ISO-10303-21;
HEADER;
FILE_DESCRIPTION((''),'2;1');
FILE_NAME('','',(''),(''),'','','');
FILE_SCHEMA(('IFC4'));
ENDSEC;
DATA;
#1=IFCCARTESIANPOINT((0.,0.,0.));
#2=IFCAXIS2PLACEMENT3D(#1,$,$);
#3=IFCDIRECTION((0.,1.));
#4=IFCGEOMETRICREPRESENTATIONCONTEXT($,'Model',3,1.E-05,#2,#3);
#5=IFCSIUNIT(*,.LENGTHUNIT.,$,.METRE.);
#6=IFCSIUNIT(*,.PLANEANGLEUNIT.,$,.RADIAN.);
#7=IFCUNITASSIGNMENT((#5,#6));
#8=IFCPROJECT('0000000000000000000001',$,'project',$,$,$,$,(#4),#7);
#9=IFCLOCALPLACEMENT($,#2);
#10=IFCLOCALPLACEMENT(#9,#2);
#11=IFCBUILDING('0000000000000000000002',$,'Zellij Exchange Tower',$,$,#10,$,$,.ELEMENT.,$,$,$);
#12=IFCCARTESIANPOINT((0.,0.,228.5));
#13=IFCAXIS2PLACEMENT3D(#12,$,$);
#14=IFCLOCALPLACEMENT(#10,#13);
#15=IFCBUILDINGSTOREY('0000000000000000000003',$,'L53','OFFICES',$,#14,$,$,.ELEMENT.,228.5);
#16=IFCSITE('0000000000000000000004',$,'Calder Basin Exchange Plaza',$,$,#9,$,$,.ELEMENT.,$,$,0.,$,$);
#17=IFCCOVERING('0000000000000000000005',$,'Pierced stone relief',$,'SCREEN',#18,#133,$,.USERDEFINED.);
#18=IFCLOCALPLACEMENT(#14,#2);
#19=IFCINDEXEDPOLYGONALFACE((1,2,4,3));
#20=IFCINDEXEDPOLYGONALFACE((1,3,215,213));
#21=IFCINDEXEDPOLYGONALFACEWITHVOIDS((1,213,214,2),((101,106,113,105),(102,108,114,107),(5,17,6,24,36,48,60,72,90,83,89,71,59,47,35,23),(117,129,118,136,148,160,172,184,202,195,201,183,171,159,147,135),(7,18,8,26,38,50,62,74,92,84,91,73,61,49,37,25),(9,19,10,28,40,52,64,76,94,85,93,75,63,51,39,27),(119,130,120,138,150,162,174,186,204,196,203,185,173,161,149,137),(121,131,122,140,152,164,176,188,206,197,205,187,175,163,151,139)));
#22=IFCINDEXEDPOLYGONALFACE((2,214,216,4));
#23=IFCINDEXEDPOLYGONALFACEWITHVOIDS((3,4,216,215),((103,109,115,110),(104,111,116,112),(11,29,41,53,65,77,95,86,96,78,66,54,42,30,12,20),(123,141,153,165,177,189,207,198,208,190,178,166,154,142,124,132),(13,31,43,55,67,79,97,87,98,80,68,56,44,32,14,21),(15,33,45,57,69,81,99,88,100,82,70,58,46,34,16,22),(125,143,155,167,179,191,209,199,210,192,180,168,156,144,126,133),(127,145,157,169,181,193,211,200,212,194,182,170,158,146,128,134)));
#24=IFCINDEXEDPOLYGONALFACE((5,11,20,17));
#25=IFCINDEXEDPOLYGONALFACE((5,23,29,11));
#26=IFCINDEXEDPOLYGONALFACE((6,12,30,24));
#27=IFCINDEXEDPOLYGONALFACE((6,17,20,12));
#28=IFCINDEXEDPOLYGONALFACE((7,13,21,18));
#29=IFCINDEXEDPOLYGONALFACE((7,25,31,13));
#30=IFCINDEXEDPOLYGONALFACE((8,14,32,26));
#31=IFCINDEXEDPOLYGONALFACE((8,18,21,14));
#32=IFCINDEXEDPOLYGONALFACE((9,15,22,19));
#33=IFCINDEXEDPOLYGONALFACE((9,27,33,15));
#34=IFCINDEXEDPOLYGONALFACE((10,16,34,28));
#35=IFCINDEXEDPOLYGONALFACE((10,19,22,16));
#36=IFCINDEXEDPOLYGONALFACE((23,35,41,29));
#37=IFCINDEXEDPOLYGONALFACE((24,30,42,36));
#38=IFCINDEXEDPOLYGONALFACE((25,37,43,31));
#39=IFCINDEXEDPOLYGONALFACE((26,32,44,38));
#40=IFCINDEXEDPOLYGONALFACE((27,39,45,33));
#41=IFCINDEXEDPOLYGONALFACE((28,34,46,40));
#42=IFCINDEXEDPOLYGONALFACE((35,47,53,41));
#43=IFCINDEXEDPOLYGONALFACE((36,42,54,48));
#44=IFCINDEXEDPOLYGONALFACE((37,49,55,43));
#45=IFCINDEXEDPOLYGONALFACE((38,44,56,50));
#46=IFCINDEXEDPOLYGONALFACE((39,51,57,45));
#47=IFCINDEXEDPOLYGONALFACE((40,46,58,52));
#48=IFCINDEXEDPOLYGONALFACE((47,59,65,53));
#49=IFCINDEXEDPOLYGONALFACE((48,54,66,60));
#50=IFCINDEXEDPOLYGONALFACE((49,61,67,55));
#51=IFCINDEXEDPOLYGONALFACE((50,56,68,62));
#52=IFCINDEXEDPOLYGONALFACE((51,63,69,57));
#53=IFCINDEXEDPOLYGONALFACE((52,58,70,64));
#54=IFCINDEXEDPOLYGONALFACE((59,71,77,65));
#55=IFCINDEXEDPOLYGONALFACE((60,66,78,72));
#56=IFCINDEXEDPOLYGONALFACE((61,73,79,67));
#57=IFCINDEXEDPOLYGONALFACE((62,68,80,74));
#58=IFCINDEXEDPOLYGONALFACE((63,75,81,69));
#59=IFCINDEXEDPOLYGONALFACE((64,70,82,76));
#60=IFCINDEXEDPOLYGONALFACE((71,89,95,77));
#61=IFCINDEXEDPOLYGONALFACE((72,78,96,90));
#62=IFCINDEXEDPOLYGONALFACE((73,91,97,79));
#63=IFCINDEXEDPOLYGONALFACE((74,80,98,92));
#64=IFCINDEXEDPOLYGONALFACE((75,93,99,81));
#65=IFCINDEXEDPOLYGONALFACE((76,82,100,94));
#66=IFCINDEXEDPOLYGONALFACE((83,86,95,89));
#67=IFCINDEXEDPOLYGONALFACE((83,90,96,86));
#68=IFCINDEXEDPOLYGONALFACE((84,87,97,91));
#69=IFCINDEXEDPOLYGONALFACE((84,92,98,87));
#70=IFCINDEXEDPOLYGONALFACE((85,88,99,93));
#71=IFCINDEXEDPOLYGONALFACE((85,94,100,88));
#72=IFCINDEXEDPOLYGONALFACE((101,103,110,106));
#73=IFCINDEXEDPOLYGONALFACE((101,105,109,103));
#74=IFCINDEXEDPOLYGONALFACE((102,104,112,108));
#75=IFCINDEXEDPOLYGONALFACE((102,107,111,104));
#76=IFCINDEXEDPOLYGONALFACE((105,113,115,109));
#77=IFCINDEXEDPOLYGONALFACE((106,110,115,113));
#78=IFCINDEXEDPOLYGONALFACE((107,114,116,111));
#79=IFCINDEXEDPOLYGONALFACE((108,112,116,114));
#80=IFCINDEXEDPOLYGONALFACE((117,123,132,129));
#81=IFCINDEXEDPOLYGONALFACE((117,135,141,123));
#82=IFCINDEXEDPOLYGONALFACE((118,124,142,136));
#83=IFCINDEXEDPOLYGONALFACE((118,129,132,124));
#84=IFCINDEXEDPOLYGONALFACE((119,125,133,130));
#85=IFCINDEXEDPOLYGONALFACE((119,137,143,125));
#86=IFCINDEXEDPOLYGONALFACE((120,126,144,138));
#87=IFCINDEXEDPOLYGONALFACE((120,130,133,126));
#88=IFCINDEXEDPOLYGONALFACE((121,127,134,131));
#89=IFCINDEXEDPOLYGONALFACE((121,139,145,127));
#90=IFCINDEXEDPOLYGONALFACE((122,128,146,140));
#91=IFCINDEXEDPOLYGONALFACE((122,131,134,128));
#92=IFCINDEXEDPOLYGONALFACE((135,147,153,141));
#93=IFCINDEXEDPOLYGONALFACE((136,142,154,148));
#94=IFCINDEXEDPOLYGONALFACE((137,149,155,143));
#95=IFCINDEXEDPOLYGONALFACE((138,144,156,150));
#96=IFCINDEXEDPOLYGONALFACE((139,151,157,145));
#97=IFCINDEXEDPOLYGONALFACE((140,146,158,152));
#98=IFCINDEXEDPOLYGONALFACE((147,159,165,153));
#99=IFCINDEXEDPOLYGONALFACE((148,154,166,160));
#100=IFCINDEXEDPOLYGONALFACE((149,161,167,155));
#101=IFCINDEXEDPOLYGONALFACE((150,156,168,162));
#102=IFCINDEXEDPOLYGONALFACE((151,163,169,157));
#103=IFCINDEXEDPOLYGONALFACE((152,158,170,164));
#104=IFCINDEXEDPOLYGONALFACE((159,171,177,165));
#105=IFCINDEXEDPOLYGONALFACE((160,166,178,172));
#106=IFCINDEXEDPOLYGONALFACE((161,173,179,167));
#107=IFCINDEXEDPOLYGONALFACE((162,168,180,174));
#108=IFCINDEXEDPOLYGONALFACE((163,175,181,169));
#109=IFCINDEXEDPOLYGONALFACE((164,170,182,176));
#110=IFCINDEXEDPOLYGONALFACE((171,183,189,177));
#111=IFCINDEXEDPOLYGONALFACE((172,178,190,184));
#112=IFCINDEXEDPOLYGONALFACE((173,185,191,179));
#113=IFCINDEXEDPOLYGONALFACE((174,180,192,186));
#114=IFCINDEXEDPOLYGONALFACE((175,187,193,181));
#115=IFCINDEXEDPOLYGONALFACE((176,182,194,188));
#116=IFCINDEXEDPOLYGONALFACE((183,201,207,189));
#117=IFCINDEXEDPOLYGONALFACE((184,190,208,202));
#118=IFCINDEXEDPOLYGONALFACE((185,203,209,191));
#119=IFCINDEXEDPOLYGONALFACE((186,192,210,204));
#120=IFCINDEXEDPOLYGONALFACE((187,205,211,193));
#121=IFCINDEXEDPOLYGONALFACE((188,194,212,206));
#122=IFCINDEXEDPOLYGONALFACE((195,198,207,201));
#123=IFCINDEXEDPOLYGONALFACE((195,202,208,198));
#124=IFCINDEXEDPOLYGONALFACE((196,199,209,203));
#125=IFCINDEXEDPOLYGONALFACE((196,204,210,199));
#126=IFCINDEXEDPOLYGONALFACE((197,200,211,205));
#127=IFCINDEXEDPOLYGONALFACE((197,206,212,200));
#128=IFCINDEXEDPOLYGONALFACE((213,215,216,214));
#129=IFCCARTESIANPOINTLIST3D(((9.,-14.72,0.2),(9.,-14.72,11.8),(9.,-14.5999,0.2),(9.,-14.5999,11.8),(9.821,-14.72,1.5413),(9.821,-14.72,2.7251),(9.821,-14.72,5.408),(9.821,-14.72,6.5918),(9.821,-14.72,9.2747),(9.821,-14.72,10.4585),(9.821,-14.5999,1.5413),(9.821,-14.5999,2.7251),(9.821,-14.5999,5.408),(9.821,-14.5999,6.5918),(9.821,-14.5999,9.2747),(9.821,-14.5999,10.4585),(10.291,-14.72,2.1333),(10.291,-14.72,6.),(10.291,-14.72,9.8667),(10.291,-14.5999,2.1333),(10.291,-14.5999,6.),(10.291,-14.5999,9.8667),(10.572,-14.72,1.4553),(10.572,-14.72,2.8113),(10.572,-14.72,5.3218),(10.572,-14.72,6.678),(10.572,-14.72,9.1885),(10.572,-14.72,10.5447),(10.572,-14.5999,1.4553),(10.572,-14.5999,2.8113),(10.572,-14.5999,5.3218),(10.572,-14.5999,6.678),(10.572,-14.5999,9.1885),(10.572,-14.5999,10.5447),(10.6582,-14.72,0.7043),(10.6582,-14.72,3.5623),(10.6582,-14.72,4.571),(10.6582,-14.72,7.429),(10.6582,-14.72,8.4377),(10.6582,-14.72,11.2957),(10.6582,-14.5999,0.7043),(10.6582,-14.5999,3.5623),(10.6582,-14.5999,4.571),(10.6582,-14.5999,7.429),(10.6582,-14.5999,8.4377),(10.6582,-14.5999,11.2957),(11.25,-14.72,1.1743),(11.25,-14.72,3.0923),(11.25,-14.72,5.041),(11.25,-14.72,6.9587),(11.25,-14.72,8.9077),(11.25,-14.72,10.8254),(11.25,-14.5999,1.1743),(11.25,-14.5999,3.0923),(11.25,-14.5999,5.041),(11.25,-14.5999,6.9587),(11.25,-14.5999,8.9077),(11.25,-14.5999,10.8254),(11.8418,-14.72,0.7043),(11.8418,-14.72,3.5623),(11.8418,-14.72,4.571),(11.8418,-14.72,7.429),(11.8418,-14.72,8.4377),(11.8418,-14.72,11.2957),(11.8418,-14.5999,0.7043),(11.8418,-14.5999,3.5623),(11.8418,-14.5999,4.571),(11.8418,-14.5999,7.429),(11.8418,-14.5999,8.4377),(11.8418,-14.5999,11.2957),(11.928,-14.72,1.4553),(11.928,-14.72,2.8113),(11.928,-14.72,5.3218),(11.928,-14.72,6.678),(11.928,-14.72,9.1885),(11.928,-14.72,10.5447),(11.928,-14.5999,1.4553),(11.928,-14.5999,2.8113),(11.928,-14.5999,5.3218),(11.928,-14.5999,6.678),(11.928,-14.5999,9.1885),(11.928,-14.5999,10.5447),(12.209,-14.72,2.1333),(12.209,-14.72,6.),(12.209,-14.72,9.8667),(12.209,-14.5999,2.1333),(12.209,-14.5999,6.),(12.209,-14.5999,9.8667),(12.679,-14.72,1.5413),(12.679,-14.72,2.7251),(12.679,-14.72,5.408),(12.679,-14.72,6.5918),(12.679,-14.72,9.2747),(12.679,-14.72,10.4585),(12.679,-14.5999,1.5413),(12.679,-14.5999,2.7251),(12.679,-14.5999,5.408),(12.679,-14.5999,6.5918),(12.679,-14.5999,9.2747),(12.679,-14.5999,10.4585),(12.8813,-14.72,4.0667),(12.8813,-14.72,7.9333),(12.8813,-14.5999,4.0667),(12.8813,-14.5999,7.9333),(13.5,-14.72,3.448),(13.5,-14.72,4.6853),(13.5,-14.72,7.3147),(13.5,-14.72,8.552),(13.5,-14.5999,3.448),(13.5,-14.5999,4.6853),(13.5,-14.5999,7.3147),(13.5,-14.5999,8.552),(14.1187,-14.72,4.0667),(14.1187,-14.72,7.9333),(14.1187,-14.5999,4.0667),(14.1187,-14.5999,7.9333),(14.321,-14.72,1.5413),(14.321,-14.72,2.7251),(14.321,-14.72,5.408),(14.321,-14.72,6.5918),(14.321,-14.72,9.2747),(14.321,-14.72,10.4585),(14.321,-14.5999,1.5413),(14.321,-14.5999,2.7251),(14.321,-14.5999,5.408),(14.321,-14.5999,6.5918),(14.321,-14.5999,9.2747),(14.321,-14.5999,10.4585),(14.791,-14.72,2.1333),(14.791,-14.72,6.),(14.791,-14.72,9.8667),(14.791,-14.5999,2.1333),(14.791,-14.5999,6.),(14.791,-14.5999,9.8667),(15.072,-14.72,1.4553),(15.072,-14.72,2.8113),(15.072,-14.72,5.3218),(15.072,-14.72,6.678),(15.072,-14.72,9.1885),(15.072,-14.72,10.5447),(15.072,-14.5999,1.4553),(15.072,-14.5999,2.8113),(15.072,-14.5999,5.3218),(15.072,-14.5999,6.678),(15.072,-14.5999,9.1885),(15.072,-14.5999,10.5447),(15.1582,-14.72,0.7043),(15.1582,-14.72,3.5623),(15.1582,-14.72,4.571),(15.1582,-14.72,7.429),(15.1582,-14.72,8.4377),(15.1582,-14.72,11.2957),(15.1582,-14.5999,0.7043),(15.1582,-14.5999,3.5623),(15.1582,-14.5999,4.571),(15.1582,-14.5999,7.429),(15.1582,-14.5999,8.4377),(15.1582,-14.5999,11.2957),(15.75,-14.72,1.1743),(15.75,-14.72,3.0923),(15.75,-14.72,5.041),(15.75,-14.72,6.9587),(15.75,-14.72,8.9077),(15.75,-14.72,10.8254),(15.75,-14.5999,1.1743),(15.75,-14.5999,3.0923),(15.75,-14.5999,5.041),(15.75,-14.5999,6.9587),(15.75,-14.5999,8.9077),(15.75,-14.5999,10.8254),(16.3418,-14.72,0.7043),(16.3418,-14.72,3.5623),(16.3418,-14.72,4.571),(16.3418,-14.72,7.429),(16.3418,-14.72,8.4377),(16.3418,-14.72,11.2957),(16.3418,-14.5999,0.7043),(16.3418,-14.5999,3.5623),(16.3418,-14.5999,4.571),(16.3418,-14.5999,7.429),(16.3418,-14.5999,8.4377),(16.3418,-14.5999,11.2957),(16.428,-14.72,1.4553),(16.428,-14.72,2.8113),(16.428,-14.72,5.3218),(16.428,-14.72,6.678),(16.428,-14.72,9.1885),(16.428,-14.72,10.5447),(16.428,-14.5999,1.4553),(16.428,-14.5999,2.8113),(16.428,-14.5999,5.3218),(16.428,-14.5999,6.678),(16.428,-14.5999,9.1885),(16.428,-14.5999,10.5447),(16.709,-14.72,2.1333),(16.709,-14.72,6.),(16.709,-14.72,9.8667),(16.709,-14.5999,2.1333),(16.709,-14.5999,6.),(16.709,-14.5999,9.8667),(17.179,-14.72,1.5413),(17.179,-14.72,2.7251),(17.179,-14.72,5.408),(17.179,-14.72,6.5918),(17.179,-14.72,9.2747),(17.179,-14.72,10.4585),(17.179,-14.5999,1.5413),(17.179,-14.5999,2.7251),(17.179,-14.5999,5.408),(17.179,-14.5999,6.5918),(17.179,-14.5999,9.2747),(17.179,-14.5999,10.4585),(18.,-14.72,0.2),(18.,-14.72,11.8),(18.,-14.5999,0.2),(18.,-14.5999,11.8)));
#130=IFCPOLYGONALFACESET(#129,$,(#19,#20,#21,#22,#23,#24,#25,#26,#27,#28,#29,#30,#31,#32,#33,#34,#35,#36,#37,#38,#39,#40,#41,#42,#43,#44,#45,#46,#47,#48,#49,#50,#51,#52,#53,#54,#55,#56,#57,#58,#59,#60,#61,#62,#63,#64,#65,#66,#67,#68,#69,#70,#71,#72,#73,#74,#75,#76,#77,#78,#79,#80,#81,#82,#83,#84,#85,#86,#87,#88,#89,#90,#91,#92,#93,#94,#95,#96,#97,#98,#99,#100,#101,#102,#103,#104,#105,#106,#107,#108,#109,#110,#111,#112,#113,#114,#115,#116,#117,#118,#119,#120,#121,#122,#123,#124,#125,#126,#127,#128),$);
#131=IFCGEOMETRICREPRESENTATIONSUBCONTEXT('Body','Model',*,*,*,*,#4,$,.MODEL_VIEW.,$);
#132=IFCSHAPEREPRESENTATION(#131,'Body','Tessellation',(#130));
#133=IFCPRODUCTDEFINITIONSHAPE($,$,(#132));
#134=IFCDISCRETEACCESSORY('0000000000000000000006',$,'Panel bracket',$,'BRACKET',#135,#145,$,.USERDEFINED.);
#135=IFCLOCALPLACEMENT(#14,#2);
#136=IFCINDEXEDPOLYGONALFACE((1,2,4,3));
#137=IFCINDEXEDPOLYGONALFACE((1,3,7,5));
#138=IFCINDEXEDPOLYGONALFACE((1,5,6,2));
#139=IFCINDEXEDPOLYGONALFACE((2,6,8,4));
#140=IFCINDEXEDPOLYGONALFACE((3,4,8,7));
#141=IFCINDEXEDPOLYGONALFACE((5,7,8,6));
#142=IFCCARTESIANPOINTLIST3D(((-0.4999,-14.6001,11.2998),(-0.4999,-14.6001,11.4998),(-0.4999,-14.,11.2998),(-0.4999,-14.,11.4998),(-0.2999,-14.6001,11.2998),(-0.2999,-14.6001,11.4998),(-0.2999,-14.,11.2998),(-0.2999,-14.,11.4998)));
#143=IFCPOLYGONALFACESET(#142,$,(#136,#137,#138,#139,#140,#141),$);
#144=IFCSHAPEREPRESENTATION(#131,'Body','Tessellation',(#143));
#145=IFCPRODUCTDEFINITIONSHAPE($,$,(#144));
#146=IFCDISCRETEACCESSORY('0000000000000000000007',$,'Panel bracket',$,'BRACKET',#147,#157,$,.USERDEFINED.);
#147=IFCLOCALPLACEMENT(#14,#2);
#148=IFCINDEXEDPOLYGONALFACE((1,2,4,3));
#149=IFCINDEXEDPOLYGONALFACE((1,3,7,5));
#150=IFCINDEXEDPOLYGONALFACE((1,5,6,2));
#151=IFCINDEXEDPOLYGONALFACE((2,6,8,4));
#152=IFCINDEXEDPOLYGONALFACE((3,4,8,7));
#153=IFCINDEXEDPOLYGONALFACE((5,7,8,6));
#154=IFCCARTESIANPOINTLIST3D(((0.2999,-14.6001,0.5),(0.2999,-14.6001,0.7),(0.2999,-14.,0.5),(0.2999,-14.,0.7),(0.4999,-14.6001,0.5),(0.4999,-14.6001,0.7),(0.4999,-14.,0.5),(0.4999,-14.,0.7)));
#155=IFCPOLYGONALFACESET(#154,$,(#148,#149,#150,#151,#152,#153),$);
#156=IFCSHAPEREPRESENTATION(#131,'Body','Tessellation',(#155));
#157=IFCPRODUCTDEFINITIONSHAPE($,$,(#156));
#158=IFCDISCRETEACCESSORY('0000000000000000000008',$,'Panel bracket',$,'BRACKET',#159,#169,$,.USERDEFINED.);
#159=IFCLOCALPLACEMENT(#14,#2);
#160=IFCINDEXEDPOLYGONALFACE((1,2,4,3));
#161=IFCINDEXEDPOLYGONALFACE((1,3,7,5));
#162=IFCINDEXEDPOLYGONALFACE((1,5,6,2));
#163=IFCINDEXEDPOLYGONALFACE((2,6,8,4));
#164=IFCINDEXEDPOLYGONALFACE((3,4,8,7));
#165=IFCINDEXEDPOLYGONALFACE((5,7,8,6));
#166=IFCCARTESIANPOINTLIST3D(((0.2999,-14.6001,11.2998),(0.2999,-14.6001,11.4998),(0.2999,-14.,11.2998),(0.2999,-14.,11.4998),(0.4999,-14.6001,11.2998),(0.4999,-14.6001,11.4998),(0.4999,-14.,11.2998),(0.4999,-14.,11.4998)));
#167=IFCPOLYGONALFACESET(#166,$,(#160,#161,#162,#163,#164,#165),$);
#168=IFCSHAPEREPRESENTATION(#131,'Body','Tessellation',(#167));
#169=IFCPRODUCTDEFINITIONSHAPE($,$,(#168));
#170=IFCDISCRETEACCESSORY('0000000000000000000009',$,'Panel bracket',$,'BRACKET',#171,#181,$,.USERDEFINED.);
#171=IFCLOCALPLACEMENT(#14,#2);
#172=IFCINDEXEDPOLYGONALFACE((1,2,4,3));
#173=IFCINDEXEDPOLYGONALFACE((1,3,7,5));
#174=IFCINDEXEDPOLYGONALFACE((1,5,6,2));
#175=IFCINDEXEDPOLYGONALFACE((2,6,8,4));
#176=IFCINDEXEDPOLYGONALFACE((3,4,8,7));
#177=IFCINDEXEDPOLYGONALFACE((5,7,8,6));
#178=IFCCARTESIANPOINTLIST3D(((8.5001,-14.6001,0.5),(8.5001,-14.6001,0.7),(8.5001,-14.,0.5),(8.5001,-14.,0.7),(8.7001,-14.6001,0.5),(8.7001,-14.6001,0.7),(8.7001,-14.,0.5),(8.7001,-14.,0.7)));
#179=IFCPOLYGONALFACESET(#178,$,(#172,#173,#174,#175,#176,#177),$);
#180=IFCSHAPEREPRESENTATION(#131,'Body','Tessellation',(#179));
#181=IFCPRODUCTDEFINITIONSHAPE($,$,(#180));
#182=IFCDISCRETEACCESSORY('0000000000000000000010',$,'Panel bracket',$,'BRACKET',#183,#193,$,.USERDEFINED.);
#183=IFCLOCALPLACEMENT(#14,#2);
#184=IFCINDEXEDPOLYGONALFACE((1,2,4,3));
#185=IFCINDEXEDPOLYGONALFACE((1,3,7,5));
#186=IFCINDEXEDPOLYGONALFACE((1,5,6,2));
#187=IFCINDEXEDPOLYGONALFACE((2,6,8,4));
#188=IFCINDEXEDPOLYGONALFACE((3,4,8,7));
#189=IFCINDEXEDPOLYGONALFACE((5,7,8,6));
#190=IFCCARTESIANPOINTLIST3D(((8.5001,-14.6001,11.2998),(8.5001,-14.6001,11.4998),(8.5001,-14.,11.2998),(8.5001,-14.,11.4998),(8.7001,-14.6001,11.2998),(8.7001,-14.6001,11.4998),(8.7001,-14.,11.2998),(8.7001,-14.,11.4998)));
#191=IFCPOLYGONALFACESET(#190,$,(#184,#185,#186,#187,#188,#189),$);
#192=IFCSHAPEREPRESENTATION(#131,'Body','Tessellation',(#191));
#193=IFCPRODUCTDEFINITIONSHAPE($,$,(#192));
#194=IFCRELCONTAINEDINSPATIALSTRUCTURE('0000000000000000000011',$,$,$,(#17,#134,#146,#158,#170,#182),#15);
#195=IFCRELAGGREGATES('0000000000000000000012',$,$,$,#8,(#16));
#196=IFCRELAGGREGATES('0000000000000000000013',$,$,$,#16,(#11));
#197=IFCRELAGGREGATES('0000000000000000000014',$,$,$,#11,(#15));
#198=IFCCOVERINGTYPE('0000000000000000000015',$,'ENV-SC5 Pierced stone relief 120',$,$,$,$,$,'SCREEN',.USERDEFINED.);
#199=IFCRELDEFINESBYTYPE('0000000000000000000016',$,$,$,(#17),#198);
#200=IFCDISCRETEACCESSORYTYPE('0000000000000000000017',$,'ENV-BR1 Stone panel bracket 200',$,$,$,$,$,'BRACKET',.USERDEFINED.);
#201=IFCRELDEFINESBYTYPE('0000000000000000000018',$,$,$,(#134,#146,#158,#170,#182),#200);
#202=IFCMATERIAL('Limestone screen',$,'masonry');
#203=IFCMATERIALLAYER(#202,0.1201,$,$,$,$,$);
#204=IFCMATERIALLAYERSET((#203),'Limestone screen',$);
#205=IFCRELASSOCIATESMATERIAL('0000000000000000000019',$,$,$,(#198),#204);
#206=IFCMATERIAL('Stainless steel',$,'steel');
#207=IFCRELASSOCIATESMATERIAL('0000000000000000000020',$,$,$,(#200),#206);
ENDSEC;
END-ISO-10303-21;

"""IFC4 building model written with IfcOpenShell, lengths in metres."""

from ifc_helpers import new_model, si_unit, direction, frame, origin, origin_2d, place, context, subcontext, project, spatial, polyline, rectangle, outline, extrude, material, layer, layer_set, type_object, element, save


model = new_model("IFC4")

# Units and contexts
model_context = context("Model", 3, precision=1e-05, world=origin(), true_north=direction((0.0, 1.0)))
body_context = subcontext(model_context, "Body", "Model", "MODEL_VIEW")
ifc_project = project(units=[si_unit("LENGTHUNIT", "METRE"), si_unit("PLANEANGLEUNIT", "RADIAN")], contexts=[model_context])

# Site, building, storey
site_placement = place(None, origin())
site = spatial("IfcSite", under=ifc_project, at=site_placement, Name="Calder Basin Exchange Plaza", CompositionType="ELEMENT", RefElevation=0.0)
building_placement = place(site_placement, origin())
building = spatial("IfcBuilding", under=site, at=building_placement, Name="Zellij Exchange Tower", CompositionType="ELEMENT")
storey_placement = place(building_placement, frame((0.0, 0.0, 228.5)))
storey = spatial("IfcBuildingStorey", under=building, at=storey_placement, Name="L53", Description="OFFICES", CompositionType="ELEMENT", Elevation=228.5)

# Shared definitions
ifc_material_1 = material(Name="Stainless steel", Category="steel")

# Covering
ifc_material_2 = material(Name="Limestone screen", Category="masonry")
ifc_layer_1 = layer(ifc_material_2, 0.1201)
ifc_layer_set_1 = layer_set([ifc_layer_1], Name="Limestone screen")
covering_type = type_object("IfcCoveringType", Name="ENV-SC5 Pierced stone relief 120", ElementType="SCREEN", PredefinedType="USERDEFINED", material=ifc_layer_set_1)
covering_1_placement = place(storey_placement, frame((9.0, -14.6599, 0.2), z_axis=(0.0, 0.0, 1.0), x_axis=(1.0, 0.0, 0.0)))
element("IfcCovering", 1, at=covering_1_placement, inside=storey, type_object=covering_type, Name="Pierced stone relief", ObjectType="SCREEN", PredefinedType="USERDEFINED", context=body_context, shape_type="SweptSolid", body=[
    extrude(outline(polyline([(0.0, 0.0), (9.0, 0.0), (9.0, 11.6001), (0.0, 11.6001), (0.0, 0.0)]), holes=[polyline([(3.679, 2.5251), (2.928, 2.6113), (2.8418, 3.3623), (2.25, 2.8923), (1.6582, 3.3623), (1.572, 2.6113), (0.821, 2.5251), (1.291, 1.9333), (0.821, 1.3413), (1.572, 1.2554), (1.6582, 0.5044), (2.25, 0.9744), (2.8418, 0.5044), (2.928, 1.2554), (3.679, 1.3413), (3.209, 1.9333), (3.679, 2.5251)]), polyline([(3.679, 6.3918), (2.928, 6.478), (2.8418, 7.229), (2.25, 6.7588), (1.6582, 7.229), (1.572, 6.478), (0.821, 6.3918), (1.291, 5.8), (0.821, 5.208), (1.572, 5.1218), (1.6582, 4.3711), (2.25, 4.8411), (2.8418, 4.3711), (2.928, 5.1218), (3.679, 5.208), (3.209, 5.8), (3.679, 6.3918)]), polyline([(3.679, 10.2585), (2.928, 10.3447), (2.8418, 11.0957), (2.25, 10.6255), (1.6582, 11.0957), (1.572, 10.3447), (0.821, 10.2585), (1.291, 9.6667), (0.821, 9.0747), (1.572, 8.9885), (1.6582, 8.2378), (2.25, 8.7078), (2.8418, 8.2378), (2.928, 8.9885), (3.679, 9.0747), (3.209, 9.6667), (3.679, 10.2585)]), polyline([(8.179, 2.5251), (7.428, 2.6113), (7.3418, 3.3623), (6.75, 2.8923), (6.1582, 3.3623), (6.072, 2.6113), (5.321, 2.5251), (5.791, 1.9333), (5.321, 1.3413), (6.072, 1.2554), (6.1582, 0.5044), (6.75, 0.9744), (7.3418, 0.5044), (7.428, 1.2554), (8.179, 1.3413), (7.709, 1.9333), (8.179, 2.5251)]), polyline([(8.179, 6.3918), (7.428, 6.478), (7.3418, 7.229), (6.75, 6.7588), (6.1582, 7.229), (6.072, 6.478), (5.321, 6.3918), (5.791, 5.8), (5.321, 5.208), (6.072, 5.1218), (6.1582, 4.3711), (6.75, 4.8411), (7.3418, 4.3711), (7.428, 5.1218), (8.179, 5.208), (7.709, 5.8), (8.179, 6.3918)]), polyline([(8.179, 10.2585), (7.428, 10.3447), (7.3418, 11.0957), (6.75, 10.6255), (6.1582, 11.0957), (6.072, 10.3447), (5.321, 10.2585), (5.791, 9.6667), (5.321, 9.0747), (6.072, 8.9885), (6.1582, 8.2378), (6.75, 8.7078), (7.3418, 8.2378), (7.428, 8.9885), (8.179, 9.0747), (7.709, 9.6667), (8.179, 10.2585)]), polyline([(5.1187, 3.8667), (4.5, 4.4854), (3.8813, 3.8667), (4.5, 3.248), (5.1187, 3.8667)]), polyline([(5.1187, 7.7334), (4.5, 8.3521), (3.8813, 7.7334), (4.5, 7.1147), (5.1187, 7.7334)])]), frame((0.0, 0.0601, 0.0), z_axis=(0.0, -1.0, 0.0), x_axis=(1.0, 0.0, 0.0)), (0.0, 0.0, 1.0), 0.1201),
])

# Discrete accessories
discrete_accessory_type = type_object("IfcDiscreteAccessoryType", Name="ENV-BR1 Stone panel bracket 200", ElementType="BRACKET", PredefinedType="USERDEFINED", material=ifc_material_1)
for number, where, z_axis, x_axis, name in (
    (2, (-0.3999, -14.3, 11.2998), (0.0, 0.0, 1.0), (1.0, 0.0, 0.0), "Panel bracket"),
    (3, (0.3999, -14.3, 0.5), (0.0, 0.0, 1.0), (1.0, 0.0, 0.0), "Panel bracket"),
    (4, (0.3999, -14.3, 11.2998), (0.0, 0.0, 1.0), (1.0, 0.0, 0.0), "Panel bracket"),
    (5, (8.6001, -14.3, 0.5), (0.0, 0.0, 1.0), (1.0, 0.0, 0.0), "Panel bracket"),
    (6, (8.6001, -14.3, 11.2998), (0.0, 0.0, 1.0), (1.0, 0.0, 0.0), "Panel bracket"),
):
    element("IfcDiscreteAccessory", number, at=place(storey_placement, frame(where, z_axis=z_axis, x_axis=x_axis)), inside=storey, type_object=discrete_accessory_type, Name=name, ObjectType="BRACKET", PredefinedType="USERDEFINED", context=body_context, shape_type="SweptSolid", body=[
        extrude(rectangle(XDim=0.2, YDim=0.6001, at=origin_2d()), origin(), (0.0, 0.0, 1.0), 0.2),
    ])

save(model, "model.ifc")
